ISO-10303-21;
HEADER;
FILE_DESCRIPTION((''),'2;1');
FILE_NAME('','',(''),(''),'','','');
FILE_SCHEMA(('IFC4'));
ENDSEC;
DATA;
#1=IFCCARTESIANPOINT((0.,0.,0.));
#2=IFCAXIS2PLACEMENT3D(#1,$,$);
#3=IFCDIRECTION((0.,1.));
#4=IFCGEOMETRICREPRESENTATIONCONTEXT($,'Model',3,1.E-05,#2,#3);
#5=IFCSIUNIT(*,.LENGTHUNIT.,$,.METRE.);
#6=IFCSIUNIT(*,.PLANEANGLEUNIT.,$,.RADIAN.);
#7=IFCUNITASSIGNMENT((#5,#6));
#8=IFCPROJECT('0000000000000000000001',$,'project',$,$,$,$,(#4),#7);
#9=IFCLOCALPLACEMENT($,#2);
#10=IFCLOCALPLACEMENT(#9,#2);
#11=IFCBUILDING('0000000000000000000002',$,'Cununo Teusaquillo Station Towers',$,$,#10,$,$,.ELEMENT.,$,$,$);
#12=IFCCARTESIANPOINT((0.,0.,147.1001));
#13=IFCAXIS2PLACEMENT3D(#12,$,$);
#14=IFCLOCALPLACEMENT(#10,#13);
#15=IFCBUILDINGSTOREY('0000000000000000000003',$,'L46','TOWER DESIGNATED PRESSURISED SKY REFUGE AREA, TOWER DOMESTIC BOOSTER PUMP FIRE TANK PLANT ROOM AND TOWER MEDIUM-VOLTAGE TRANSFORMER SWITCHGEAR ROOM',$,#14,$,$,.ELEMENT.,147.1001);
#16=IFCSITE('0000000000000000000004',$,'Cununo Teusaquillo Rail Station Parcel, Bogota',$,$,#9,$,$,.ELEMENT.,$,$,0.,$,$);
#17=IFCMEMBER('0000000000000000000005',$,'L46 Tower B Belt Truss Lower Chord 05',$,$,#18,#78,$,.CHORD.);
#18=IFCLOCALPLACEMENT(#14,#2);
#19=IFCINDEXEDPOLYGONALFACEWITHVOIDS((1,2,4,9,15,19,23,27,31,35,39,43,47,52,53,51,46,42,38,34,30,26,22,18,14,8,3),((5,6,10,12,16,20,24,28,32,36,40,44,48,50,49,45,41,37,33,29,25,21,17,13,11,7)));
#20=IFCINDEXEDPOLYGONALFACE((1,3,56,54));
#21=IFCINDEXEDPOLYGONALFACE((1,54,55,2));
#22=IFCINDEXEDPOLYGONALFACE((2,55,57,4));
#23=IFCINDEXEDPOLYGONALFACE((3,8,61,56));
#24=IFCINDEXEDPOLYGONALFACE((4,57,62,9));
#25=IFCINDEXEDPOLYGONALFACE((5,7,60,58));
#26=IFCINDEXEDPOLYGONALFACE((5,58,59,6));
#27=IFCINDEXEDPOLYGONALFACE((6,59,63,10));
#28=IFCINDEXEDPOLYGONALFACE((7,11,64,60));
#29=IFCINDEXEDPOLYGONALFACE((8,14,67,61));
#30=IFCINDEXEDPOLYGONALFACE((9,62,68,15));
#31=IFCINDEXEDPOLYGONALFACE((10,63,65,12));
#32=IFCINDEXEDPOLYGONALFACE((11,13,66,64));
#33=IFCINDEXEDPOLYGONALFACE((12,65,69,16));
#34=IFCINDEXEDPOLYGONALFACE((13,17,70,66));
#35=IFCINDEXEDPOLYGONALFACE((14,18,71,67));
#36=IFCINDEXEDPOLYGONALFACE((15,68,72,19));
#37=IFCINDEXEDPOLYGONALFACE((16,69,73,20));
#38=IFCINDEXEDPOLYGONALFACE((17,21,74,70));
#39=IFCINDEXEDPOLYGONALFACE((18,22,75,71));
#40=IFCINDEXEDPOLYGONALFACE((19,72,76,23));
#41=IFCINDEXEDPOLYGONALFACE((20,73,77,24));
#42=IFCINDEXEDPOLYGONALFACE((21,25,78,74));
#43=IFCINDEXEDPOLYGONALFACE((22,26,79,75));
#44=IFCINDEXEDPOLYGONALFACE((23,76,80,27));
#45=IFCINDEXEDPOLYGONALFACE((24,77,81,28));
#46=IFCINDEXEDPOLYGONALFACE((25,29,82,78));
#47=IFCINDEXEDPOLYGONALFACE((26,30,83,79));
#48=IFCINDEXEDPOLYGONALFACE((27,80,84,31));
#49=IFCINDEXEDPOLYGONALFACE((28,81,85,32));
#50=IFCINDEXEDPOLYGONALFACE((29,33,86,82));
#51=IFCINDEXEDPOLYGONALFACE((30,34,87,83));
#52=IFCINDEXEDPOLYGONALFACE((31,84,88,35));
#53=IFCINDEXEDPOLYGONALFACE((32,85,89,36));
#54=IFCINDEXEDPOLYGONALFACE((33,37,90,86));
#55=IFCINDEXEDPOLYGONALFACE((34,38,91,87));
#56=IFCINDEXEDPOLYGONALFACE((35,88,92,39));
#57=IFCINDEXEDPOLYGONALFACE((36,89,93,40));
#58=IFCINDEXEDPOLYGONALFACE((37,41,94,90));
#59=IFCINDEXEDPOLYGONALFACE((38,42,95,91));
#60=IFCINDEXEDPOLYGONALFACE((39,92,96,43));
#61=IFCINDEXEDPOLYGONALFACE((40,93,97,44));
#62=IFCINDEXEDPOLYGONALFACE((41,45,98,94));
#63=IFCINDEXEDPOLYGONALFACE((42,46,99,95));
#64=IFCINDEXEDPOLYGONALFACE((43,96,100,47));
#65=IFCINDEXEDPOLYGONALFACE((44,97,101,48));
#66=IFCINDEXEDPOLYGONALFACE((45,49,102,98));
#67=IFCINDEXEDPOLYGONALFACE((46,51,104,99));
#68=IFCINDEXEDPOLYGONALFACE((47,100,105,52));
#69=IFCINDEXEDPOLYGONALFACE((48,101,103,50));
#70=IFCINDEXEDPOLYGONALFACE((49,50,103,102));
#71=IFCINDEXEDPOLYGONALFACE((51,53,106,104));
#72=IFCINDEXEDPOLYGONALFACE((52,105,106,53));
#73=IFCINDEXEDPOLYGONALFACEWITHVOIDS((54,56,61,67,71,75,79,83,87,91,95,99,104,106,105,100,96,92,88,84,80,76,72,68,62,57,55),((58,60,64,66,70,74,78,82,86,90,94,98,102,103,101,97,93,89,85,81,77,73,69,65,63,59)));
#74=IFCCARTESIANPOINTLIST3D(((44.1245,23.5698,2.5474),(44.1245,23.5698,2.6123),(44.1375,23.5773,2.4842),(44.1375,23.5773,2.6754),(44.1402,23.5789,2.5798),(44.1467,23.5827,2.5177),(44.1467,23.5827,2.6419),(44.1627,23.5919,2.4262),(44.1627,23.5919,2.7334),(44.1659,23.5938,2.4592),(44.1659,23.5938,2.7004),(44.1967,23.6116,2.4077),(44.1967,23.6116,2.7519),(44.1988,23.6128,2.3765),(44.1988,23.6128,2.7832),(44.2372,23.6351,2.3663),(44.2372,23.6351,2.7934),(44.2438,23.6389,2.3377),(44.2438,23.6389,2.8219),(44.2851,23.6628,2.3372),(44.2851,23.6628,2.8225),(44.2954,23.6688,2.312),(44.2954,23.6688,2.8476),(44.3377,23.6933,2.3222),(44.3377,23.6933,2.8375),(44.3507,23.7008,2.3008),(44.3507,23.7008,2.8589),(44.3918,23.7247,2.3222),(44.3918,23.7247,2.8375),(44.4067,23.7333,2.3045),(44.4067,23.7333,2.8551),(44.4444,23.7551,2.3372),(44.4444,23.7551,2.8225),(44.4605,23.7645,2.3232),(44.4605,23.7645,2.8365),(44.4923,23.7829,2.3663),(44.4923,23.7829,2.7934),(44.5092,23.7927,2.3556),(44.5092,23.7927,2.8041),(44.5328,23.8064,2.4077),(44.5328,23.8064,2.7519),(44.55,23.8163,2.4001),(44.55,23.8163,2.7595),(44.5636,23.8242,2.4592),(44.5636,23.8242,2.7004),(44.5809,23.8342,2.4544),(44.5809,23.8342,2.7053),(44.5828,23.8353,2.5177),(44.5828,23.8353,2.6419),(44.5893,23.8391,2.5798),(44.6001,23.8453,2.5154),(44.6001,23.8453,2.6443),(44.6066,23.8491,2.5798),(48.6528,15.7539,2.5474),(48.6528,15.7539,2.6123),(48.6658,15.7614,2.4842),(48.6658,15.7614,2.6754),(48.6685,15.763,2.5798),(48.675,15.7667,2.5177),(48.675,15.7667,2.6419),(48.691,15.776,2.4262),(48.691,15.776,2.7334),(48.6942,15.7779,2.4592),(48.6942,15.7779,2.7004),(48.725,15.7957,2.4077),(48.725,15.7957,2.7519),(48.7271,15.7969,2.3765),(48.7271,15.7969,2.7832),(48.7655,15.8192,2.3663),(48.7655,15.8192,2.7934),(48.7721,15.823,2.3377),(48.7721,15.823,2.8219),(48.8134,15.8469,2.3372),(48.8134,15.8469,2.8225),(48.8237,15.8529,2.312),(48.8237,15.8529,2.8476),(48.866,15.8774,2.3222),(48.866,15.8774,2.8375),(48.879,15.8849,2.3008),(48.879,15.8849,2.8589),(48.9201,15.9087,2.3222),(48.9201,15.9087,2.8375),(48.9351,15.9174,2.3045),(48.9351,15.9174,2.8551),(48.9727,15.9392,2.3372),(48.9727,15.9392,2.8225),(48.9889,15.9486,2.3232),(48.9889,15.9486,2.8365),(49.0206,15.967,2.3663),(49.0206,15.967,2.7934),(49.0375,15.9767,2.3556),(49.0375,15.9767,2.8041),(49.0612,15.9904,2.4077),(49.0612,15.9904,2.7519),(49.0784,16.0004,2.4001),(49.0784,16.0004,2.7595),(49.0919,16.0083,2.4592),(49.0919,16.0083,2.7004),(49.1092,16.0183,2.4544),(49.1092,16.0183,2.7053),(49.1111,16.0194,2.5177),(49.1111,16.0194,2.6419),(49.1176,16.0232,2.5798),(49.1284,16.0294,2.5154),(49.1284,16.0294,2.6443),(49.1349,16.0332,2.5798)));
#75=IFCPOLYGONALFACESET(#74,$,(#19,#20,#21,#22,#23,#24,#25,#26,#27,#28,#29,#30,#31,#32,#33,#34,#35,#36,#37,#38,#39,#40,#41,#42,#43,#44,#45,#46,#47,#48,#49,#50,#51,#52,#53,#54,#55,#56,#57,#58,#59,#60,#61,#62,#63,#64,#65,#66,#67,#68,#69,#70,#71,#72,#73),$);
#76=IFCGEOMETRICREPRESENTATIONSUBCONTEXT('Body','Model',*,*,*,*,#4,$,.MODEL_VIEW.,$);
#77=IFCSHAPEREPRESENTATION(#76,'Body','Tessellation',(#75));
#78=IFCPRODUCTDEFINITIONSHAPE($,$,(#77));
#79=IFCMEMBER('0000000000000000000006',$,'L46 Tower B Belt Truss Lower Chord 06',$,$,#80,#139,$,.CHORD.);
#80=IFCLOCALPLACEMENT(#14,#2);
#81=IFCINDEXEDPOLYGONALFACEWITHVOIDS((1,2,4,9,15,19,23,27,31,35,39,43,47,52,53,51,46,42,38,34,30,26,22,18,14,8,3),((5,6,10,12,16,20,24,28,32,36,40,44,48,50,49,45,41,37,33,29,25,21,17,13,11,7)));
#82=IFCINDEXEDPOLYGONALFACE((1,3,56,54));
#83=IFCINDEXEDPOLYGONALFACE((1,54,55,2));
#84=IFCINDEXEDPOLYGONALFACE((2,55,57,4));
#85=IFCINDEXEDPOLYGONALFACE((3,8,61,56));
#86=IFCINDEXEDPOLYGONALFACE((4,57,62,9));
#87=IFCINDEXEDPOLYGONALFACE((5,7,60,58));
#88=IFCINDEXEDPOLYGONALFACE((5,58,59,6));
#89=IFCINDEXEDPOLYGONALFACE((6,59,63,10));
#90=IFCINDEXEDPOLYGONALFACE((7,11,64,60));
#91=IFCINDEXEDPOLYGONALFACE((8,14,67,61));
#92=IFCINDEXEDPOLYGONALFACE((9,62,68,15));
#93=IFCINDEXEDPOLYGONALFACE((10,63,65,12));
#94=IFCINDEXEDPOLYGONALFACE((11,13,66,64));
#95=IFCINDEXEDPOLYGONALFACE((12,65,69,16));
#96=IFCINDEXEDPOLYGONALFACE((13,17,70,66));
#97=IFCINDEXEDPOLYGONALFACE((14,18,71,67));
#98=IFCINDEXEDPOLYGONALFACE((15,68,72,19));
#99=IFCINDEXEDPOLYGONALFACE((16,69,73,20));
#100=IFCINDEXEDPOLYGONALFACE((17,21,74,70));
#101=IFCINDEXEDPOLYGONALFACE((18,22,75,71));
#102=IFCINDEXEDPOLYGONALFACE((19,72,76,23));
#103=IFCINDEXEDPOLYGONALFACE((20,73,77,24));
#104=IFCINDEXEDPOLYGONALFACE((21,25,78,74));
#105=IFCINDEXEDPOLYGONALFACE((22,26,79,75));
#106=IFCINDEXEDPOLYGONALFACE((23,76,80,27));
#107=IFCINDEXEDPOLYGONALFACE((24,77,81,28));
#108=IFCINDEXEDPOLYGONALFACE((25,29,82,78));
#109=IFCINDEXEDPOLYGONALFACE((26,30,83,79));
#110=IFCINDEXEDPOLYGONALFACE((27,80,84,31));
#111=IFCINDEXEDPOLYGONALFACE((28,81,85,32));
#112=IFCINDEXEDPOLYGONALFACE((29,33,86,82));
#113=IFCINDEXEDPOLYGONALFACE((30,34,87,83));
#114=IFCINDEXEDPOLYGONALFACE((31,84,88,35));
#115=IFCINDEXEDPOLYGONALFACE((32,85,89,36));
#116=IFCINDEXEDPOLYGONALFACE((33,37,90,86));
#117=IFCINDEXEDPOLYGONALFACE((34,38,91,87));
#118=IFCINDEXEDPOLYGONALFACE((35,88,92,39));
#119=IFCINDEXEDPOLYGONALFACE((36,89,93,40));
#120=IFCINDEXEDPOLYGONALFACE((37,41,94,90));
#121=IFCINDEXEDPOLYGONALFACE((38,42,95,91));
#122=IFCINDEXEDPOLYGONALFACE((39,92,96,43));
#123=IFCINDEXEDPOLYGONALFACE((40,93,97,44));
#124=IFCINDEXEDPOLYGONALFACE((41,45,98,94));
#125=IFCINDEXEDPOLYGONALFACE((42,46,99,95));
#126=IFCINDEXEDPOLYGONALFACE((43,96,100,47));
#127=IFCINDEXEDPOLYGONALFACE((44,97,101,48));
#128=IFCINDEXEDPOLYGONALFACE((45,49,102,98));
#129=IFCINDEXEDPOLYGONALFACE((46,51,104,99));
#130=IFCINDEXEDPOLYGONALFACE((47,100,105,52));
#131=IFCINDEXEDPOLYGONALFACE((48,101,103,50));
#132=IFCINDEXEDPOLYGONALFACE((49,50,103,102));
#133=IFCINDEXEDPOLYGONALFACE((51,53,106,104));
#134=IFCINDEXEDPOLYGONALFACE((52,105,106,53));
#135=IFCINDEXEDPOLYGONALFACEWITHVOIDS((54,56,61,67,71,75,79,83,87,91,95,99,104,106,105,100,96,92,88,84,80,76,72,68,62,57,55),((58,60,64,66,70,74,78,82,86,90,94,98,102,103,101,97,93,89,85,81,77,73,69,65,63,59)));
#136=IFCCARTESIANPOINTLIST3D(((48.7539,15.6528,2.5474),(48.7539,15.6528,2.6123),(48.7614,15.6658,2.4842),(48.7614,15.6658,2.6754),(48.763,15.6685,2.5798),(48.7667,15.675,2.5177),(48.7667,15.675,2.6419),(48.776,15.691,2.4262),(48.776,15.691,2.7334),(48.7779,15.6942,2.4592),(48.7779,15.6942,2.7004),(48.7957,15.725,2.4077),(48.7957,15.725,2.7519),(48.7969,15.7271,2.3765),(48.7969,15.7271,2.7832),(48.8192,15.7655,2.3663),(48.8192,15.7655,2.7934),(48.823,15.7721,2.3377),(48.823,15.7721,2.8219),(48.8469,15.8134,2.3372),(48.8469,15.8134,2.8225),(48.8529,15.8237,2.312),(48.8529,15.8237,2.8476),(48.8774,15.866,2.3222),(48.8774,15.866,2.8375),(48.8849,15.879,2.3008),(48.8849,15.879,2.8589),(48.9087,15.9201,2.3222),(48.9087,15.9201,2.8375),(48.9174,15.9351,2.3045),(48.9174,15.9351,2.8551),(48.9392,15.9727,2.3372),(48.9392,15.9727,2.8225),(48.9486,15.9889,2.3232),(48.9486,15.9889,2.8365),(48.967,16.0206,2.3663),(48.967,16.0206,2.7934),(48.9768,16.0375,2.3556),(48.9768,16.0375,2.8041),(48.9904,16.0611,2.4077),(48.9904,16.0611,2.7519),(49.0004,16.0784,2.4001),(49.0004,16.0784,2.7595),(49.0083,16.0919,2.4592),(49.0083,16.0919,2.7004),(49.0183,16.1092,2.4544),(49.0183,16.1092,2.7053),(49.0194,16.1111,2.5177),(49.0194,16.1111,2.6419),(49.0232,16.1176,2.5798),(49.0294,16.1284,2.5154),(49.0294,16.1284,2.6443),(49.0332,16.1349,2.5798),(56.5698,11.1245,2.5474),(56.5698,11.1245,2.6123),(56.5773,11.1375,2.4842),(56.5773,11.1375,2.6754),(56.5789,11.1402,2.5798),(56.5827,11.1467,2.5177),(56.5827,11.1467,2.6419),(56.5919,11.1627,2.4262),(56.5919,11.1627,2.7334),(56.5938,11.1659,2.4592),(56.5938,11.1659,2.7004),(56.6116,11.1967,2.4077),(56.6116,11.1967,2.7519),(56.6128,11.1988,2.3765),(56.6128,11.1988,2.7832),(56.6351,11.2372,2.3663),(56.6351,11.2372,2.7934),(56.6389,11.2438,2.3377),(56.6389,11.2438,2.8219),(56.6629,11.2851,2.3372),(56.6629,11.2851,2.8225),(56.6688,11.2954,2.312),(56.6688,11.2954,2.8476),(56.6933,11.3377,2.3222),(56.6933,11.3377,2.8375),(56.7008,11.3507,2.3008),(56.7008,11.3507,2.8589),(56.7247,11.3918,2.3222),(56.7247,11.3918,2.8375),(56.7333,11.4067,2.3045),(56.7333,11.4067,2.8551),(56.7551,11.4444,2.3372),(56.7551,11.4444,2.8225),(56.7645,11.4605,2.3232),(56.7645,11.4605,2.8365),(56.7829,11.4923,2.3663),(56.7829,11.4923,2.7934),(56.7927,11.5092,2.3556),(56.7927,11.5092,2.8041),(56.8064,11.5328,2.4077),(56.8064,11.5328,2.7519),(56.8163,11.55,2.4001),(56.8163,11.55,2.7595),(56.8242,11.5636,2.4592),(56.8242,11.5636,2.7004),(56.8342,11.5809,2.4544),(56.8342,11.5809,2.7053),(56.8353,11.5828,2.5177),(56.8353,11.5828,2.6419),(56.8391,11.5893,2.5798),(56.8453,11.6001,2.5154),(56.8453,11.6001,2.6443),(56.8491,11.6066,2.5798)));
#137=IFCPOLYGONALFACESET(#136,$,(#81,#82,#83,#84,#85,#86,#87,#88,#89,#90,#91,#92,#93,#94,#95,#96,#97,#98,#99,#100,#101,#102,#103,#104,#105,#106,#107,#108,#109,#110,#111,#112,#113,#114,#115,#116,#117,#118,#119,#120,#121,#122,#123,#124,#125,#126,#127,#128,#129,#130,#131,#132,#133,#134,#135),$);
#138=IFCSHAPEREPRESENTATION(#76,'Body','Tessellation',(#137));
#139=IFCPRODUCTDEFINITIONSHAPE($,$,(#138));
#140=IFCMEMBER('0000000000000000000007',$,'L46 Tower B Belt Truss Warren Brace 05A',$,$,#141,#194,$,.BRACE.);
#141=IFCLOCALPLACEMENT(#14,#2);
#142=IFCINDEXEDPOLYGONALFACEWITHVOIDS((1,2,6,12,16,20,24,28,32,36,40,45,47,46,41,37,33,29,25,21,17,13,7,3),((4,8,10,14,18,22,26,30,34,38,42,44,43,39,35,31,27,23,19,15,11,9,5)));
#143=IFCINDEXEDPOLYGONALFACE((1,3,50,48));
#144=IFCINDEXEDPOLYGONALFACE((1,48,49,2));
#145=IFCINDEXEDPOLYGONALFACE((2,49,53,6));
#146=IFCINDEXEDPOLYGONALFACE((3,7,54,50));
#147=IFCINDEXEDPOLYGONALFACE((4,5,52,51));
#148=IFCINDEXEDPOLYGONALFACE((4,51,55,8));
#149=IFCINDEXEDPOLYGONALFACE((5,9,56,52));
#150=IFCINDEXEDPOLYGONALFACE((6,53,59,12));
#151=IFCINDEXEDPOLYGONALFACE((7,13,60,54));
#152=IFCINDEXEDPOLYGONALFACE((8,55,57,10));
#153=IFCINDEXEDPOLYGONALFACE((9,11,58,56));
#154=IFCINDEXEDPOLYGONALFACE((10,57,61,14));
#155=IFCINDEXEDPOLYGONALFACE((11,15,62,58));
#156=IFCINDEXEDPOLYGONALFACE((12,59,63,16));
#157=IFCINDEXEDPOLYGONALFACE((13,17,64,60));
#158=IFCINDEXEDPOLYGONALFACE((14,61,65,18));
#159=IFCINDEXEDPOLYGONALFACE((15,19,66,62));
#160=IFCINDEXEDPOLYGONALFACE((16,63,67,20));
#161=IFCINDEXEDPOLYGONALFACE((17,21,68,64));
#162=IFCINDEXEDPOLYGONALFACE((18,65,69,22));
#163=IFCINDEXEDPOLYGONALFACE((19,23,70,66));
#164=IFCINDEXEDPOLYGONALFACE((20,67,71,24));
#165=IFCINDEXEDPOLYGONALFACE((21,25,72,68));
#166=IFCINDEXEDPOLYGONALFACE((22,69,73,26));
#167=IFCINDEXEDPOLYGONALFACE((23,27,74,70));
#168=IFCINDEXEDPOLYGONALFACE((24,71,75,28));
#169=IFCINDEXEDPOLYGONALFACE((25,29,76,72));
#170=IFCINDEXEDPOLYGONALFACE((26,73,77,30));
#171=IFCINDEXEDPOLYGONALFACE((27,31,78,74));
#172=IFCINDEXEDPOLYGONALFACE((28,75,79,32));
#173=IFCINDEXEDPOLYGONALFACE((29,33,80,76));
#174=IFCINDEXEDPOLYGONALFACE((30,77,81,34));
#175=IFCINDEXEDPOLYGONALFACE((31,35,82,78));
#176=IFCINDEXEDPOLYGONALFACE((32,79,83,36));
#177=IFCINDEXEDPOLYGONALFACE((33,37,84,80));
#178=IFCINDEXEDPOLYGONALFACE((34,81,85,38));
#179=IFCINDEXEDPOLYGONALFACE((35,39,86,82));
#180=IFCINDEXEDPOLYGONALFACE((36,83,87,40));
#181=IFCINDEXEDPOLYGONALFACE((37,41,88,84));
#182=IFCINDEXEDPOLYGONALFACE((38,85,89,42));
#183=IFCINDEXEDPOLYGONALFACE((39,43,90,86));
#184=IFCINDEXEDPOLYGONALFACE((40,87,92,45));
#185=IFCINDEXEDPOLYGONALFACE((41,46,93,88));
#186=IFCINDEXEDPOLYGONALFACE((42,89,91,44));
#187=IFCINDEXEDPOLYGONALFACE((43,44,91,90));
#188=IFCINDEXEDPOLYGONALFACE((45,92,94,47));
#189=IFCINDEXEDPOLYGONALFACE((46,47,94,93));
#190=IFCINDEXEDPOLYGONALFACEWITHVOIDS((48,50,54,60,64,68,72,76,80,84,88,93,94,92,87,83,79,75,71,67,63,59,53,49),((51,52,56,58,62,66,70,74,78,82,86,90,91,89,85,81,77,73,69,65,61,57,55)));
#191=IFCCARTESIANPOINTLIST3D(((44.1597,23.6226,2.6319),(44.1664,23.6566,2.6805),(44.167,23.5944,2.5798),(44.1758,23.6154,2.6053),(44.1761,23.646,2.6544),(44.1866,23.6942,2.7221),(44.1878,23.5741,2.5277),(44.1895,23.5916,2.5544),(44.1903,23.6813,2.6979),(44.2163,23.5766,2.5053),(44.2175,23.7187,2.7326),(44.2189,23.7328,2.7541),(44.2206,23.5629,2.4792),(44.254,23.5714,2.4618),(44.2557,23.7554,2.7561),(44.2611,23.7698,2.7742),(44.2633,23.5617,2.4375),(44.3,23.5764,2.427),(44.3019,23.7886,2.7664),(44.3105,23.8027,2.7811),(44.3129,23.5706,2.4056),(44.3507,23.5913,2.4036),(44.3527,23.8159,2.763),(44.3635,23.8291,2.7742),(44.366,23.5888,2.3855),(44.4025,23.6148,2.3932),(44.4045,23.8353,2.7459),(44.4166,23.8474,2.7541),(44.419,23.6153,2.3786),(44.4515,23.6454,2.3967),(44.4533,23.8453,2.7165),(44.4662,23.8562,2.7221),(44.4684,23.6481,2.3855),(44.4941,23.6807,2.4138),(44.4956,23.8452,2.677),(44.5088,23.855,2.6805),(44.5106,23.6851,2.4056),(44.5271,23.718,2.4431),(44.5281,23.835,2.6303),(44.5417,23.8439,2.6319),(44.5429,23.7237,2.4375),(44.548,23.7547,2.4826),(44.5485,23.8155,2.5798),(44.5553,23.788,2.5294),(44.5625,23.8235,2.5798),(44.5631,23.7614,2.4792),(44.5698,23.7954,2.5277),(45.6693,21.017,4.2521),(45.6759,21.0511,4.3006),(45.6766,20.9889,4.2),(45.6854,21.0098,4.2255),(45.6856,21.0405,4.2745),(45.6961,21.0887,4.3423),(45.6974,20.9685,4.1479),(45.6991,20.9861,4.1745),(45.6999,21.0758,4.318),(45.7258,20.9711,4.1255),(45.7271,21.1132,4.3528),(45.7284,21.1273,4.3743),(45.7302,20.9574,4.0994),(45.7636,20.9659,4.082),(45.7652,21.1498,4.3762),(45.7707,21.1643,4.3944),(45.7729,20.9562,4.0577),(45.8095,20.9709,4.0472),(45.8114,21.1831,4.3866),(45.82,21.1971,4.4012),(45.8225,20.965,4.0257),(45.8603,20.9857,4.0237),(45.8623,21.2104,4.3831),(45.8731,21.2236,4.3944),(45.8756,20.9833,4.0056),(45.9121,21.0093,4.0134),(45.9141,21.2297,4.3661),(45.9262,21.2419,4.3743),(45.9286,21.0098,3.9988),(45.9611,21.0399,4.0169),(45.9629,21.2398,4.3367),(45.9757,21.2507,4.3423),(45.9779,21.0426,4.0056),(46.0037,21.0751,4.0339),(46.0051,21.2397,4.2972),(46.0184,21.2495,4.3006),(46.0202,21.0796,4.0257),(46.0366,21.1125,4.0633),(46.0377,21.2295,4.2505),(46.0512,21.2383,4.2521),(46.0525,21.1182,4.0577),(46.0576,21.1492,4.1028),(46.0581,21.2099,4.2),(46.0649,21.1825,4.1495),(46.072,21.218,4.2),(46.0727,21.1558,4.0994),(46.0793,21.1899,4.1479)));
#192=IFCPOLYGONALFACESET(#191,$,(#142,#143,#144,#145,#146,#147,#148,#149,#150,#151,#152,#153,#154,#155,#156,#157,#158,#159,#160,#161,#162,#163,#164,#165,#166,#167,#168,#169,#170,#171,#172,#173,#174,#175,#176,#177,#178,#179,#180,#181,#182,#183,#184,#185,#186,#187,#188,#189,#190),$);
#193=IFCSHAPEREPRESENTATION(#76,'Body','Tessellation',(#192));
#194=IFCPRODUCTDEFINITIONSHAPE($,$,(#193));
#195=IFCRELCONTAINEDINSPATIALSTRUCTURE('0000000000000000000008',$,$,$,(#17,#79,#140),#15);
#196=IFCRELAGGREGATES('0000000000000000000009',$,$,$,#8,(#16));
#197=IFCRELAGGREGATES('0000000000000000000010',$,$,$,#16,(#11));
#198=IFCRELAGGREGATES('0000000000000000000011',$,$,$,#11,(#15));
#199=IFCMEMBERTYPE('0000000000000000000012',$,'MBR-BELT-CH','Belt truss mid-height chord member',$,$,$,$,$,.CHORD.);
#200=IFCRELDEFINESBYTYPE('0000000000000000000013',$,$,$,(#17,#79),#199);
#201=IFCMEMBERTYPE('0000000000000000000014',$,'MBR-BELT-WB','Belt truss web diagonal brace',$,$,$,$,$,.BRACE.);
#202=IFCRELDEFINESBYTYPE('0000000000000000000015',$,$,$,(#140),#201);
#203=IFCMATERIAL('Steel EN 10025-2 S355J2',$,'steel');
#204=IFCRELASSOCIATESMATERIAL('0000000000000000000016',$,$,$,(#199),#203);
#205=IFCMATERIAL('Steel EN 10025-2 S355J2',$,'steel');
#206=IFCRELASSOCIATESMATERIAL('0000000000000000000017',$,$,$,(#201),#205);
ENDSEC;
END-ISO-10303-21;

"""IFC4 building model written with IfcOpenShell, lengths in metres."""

from ifc_helpers import new_model, si_unit, direction, frame, origin, origin_2d, place, context, subcontext, project, spatial, hollow_circle, extrude, material, material_profile, profile_set, type_object, element, save


model = new_model("IFC4")

# Units and contexts
model_context = context("Model", 3, precision=1e-05, world=origin(), true_north=direction((0.0, 1.0)))
body_context = subcontext(model_context, "Body", "Model", "MODEL_VIEW")
ifc_project = project(units=[si_unit("LENGTHUNIT", "METRE"), si_unit("PLANEANGLEUNIT", "RADIAN")], contexts=[model_context])

# Site, building, storey
site_placement = place(None, origin())
site = spatial("IfcSite", under=ifc_project, at=site_placement, Name="Cununo Teusaquillo Rail Station Parcel, Bogota", CompositionType="ELEMENT", RefElevation=0.0)
building_placement = place(site_placement, origin())
building = spatial("IfcBuilding", under=site, at=building_placement, Name="Cununo Teusaquillo Station Towers", CompositionType="ELEMENT")
storey_placement = place(building_placement, frame((0.0, 0.0, 147.1001)))
storey = spatial("IfcBuildingStorey", under=building, at=storey_placement, Name="L46", Description="TOWER DESIGNATED PRESSURISED SKY REFUGE AREA, TOWER DOMESTIC BOOSTER PUMP FIRE TANK PLANT ROOM AND TOWER MEDIUM-VOLTAGE TRANSFORMER SWITCHGEAR ROOM", CompositionType="ELEMENT", Elevation=147.1001)

# Members
ifc_material_1 = material(Name="Steel EN 10025-2 S355J2", Category="steel")
ifc_material_profile_1 = material_profile(ifc_material_1, hollow_circle(Radius=0.2795, WallThickness=0.02, at=origin_2d()), Name="CHS 559x20")
ifc_profile_set_1 = profile_set([ifc_material_profile_1], Name="Steel EN 10025-2 S355J2")
member_type_1 = type_object("IfcMemberType", Name="MBR-BELT-CH", Description="Belt truss mid-height chord member", PredefinedType="CHORD", material=ifc_profile_set_1)
for number, where, z_axis, x_axis, name in (
    (1, (44.3647, 23.709, 2.5798), (0.501311, -0.865267, 0.0), (0.865267, 0.501311, 0.0), "L46 Tower B Belt Truss Lower Chord 05"),
    (2, (48.8931, 15.8931, 2.5798), (0.865267, -0.501311, 0.0), (0.501311, 0.865267, 0.0), "L46 Tower B Belt Truss Lower Chord 06"),
):
    element("IfcMember", number, at=place(storey_placement, frame(where, z_axis=z_axis, x_axis=x_axis)), inside=storey, type_object=member_type_1, Name=name, PredefinedType="CHORD", context=body_context, shape_type="SweptSolid", body=[
        extrude(hollow_circle(Radius=0.2795, WallThickness=0.02, at=origin_2d()), origin(), (0.0, 0.0, 1.0), 9.033),
    ])
ifc_material_2 = material(Name="Steel EN 10025-2 S355J2", Category="steel")
ifc_material_profile_2 = material_profile(ifc_material_2, hollow_circle(Radius=0.2285, WallThickness=0.0161, at=origin_2d()), Name="CHS 457x16")
ifc_profile_set_2 = profile_set([ifc_material_profile_2], Name="Steel EN 10025-2 S355J2")
member_type_2 = type_object("IfcMemberType", Name="MBR-BELT-WB", Description="Belt truss web diagonal brace", PredefinedType="BRACE", material=ifc_profile_set_2)
member_1_placement = place(storey_placement, frame((44.3647, 23.709, 2.5798), z_axis=(0.441465, -0.761979, 0.47381), x_axis=(0.865269, 0.501308, 0.0)))
element("IfcMember", 3, at=member_1_placement, inside=storey, type_object=member_type_2, Name="L46 Tower B Belt Truss Warren Brace 05A", PredefinedType="BRACE", context=body_context, shape_type="SweptSolid", body=[
    extrude(hollow_circle(Radius=0.2285, WallThickness=0.0161, at=origin_2d()), origin(), (0.0, 0.0, 1.0), 3.4194),
])

save(model, "model.ifc")
